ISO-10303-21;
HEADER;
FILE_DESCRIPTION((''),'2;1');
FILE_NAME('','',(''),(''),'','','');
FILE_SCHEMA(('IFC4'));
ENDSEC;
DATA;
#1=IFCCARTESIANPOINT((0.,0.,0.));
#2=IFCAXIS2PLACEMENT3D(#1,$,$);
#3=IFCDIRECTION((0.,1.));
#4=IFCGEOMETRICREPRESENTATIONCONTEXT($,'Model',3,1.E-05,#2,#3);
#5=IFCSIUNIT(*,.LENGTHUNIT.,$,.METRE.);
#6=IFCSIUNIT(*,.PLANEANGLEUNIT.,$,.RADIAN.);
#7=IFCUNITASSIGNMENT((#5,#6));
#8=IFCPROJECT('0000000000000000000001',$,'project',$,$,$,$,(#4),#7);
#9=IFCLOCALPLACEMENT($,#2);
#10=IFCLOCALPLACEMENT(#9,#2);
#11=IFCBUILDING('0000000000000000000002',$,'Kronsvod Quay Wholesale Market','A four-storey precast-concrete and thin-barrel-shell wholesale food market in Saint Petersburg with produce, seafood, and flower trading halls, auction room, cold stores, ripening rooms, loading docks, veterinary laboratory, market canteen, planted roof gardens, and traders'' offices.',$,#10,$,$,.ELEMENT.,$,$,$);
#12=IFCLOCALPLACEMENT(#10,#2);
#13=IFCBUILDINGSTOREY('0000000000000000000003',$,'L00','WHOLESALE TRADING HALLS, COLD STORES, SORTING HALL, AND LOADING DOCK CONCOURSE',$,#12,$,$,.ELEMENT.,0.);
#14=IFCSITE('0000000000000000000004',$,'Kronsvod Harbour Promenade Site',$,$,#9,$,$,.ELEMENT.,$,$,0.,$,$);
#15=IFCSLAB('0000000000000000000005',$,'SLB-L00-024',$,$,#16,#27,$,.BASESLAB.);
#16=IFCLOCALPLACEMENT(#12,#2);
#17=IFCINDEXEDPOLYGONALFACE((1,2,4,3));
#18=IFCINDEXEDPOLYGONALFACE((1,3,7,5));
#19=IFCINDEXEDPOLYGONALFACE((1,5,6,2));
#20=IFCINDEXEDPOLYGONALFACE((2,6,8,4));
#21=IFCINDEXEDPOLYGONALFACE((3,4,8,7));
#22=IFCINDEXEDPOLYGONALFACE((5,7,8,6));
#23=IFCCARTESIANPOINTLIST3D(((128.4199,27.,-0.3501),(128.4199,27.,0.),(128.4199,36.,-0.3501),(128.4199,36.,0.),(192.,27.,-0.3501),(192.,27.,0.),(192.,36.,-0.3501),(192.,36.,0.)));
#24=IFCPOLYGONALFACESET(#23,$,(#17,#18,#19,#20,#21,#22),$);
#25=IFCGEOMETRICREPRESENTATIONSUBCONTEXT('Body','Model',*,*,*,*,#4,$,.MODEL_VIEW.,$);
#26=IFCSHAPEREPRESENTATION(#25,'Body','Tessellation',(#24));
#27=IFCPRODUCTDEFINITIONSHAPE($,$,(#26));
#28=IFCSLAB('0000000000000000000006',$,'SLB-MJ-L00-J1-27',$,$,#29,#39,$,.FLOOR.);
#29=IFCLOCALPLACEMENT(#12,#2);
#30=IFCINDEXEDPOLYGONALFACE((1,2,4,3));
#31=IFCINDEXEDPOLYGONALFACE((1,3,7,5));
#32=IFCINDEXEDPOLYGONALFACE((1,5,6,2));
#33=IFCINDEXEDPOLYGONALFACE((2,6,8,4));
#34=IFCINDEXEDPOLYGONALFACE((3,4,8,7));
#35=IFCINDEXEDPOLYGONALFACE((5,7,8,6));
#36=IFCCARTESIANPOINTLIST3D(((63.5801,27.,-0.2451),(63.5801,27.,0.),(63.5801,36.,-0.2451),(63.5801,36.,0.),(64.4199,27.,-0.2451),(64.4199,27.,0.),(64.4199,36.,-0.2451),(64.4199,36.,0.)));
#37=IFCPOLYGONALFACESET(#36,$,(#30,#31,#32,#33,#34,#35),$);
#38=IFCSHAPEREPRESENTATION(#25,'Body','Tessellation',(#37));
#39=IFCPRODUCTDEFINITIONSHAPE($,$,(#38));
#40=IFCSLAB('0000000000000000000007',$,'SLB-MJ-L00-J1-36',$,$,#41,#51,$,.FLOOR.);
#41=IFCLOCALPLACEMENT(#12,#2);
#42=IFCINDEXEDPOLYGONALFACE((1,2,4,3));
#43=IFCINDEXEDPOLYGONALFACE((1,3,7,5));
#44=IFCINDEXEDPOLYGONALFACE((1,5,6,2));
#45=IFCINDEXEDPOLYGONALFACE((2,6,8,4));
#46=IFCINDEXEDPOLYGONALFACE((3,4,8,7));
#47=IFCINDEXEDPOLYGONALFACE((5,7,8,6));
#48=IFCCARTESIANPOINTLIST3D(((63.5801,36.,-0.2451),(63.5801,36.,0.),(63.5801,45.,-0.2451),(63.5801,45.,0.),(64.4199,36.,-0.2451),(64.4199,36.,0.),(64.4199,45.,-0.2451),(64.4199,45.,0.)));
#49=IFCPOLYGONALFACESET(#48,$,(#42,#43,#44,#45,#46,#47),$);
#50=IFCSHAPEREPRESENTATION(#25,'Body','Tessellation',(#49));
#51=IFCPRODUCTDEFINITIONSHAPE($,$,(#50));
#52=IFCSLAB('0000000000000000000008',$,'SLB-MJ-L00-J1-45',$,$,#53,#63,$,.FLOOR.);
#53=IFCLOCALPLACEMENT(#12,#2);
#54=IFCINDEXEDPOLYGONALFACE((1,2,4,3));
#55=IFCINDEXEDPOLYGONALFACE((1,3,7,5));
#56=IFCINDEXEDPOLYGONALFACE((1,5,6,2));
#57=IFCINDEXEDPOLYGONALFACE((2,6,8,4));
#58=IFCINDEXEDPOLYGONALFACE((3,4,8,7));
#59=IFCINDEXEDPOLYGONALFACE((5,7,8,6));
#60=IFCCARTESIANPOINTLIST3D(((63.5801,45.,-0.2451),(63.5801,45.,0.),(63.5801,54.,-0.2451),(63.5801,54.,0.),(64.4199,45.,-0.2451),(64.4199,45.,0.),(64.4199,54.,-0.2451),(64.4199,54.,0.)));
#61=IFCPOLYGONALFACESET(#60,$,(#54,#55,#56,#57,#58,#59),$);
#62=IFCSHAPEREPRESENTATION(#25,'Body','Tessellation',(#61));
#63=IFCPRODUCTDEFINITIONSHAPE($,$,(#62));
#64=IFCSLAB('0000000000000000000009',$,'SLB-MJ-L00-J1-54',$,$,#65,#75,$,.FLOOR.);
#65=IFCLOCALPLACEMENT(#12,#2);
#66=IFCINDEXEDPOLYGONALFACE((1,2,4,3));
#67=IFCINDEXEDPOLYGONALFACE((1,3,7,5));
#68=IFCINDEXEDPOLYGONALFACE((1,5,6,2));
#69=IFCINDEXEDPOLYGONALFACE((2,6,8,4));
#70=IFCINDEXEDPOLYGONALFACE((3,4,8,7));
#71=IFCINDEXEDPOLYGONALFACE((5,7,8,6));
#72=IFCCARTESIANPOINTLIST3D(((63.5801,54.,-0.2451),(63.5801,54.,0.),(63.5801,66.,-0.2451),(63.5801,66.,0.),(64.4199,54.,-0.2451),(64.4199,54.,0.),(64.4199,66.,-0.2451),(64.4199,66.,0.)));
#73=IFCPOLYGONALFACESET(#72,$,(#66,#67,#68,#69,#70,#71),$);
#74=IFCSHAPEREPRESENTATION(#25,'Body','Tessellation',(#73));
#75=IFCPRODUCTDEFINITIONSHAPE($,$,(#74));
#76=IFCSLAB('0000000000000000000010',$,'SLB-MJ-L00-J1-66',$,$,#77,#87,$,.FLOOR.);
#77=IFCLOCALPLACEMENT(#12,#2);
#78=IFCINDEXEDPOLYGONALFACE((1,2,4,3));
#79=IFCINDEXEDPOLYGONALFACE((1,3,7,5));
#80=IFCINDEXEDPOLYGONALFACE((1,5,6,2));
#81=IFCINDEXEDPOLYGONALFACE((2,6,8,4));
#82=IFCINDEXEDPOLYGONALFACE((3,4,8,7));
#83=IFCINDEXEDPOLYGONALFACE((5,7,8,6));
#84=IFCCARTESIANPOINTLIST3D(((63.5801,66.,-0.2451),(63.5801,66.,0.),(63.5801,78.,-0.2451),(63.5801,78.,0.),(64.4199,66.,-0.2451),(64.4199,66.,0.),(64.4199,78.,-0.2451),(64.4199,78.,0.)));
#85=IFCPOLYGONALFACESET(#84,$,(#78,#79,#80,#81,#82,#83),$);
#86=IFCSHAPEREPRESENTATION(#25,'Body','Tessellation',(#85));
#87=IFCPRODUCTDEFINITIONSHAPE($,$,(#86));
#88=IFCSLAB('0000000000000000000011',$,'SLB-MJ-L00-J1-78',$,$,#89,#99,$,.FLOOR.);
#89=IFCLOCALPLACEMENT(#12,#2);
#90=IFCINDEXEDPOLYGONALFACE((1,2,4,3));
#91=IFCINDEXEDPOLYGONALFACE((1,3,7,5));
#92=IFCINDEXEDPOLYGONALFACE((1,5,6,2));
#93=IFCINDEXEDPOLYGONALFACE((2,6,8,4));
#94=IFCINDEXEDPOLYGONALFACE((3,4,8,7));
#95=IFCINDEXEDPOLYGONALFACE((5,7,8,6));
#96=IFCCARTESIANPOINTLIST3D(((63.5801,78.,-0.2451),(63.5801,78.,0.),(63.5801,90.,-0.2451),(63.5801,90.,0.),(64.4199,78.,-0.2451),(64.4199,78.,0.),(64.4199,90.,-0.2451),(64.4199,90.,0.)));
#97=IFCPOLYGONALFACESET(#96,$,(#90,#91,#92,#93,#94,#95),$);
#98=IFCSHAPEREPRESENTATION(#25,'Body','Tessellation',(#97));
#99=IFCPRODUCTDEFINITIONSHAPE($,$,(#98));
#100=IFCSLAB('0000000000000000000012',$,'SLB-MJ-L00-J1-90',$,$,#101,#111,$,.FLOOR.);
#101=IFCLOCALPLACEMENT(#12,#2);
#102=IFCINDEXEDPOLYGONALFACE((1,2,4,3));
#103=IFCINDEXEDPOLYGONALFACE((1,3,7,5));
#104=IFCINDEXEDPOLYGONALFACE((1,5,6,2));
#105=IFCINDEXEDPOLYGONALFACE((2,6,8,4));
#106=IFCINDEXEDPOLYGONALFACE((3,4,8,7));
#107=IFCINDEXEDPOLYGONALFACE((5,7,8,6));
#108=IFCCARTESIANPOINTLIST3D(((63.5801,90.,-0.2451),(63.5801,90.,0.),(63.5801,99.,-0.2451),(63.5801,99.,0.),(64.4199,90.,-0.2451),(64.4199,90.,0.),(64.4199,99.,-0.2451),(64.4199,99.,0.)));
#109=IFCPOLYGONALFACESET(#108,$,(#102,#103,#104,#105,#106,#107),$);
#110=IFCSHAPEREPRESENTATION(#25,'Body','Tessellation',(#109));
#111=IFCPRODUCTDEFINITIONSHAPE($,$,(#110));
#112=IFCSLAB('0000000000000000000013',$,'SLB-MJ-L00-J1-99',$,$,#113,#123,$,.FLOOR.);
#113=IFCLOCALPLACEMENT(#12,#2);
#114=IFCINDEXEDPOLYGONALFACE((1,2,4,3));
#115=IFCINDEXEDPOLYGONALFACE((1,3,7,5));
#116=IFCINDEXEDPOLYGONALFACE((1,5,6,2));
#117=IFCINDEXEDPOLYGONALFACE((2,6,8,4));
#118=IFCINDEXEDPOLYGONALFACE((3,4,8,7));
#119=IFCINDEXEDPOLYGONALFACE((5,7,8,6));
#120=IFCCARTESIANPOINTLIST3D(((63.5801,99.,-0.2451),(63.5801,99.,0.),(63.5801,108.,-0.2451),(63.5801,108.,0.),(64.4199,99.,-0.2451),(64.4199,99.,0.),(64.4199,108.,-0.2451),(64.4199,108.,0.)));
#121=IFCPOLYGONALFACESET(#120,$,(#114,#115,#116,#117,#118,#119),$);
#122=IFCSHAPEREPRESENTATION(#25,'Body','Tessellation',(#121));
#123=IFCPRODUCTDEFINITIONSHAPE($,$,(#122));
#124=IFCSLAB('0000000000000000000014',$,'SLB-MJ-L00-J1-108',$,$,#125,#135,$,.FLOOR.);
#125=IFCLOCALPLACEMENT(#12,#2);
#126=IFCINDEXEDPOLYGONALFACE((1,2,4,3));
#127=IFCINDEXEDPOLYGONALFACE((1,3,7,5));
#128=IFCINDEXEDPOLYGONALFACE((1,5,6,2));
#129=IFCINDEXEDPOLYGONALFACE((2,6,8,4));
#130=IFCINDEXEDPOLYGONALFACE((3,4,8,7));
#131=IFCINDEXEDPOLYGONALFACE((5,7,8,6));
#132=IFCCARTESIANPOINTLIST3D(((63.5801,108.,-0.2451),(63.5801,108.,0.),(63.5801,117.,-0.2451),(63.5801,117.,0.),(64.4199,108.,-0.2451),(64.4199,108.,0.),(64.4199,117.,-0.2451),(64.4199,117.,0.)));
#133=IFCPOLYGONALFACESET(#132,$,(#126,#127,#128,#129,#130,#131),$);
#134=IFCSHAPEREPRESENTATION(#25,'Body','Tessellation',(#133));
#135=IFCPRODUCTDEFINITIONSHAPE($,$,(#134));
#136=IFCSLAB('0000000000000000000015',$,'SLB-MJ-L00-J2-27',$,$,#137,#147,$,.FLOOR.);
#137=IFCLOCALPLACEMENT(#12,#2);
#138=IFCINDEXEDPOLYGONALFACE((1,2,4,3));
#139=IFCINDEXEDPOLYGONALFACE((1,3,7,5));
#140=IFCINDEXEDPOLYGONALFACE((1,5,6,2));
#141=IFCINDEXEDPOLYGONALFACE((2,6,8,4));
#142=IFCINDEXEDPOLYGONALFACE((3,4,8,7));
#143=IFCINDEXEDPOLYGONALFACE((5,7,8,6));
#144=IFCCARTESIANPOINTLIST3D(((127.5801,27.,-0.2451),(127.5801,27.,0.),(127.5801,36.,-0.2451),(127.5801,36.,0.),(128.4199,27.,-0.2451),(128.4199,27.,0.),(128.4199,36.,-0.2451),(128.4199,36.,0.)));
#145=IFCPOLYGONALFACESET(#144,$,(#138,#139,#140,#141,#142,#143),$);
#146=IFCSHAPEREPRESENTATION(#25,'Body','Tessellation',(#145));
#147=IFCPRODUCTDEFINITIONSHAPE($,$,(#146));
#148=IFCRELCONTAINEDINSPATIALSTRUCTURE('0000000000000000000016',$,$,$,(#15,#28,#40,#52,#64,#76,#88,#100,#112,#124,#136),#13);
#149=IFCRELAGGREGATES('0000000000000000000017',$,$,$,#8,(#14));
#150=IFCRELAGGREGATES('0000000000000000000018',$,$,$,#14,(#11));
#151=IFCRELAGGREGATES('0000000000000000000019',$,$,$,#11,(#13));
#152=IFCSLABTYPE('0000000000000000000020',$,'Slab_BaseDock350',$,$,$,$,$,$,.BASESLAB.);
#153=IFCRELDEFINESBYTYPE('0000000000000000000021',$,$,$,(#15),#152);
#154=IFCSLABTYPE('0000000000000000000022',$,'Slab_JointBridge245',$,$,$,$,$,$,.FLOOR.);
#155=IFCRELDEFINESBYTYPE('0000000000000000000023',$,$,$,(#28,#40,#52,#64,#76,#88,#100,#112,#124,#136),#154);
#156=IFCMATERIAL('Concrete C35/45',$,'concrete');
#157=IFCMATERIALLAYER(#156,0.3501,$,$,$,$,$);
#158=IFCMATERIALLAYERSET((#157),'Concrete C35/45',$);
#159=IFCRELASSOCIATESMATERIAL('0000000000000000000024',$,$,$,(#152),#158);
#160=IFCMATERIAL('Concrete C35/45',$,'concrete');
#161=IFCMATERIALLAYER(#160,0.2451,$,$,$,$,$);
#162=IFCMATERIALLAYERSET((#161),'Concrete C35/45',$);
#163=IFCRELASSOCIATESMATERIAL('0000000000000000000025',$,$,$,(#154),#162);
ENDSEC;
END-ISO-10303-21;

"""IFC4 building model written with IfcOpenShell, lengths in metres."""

from ifc_helpers import new_model, si_unit, direction, frame, origin, place, context, subcontext, project, spatial, polyline, outline, extrude, material, layer, layer_set, type_object, element, save


model = new_model("IFC4")

# Units and contexts
model_context = context("Model", 3, precision=1e-05, world=origin(), true_north=direction((0.0, 1.0)))
body_context = subcontext(model_context, "Body", "Model", "MODEL_VIEW")
ifc_project = project(units=[si_unit("LENGTHUNIT", "METRE"), si_unit("PLANEANGLEUNIT", "RADIAN")], contexts=[model_context])

# Site, building, storey
site_placement = place(None, origin())
site = spatial("IfcSite", under=ifc_project, at=site_placement, Name="Kronsvod Harbour Promenade Site", CompositionType="ELEMENT", RefElevation=0.0)
building_placement = place(site_placement, origin())
building = spatial("IfcBuilding", under=site, at=building_placement, Name="Kronsvod Quay Wholesale Market", Description="A four-storey precast-concrete and thin-barrel-shell wholesale food market in Saint Petersburg with produce, seafood, and flower trading halls, auction room, cold stores, ripening rooms, loading docks, veterinary laboratory, market canteen, planted roof gardens, and traders' offices.", CompositionType="ELEMENT")
storey_placement = place(building_placement, origin())
storey = spatial("IfcBuildingStorey", under=building, at=storey_placement, Name="L00", Description="WHOLESALE TRADING HALLS, COLD STORES, SORTING HALL, AND LOADING DOCK CONCOURSE", CompositionType="ELEMENT", Elevation=0.0)

# Slabs
ifc_material_1 = material(Name="Concrete C35/45", Category="concrete")
ifc_layer_1 = layer(ifc_material_1, 0.3501)
ifc_layer_set_1 = layer_set([ifc_layer_1], Name="Concrete C35/45")
slab_type_1 = type_object("IfcSlabType", Name="Slab_BaseDock350", PredefinedType="BASESLAB", material=ifc_layer_set_1)
slab_1_placement = place(storey_placement, frame((0.0, 0.0, -0.3501)))
element("IfcSlab", 1, at=slab_1_placement, inside=storey, type_object=slab_type_1, Name="SLB-L00-024", PredefinedType="BASESLAB", context=body_context, shape_type="SweptSolid", body=[
    extrude(outline(polyline([(128.4199, 27.0), (192.0, 27.0), (192.0, 36.0), (128.4199, 36.0), (128.4199, 27.0)])), origin(), (0.0, 0.0, 1.0), 0.3501),
])
ifc_material_2 = material(Name="Concrete C35/45", Category="concrete")
ifc_layer_2 = layer(ifc_material_2, 0.2451)
ifc_layer_set_2 = layer_set([ifc_layer_2], Name="Concrete C35/45")
slab_type_2 = type_object("IfcSlabType", Name="Slab_JointBridge245", PredefinedType="FLOOR", material=ifc_layer_set_2)
slab_2_placement = place(storey_placement, frame((0.0, 0.0, -0.2451)))
element("IfcSlab", 2, at=slab_2_placement, inside=storey, type_object=slab_type_2, Name="SLB-MJ-L00-J1-27", PredefinedType="FLOOR", context=body_context, shape_type="SweptSolid", body=[
    extrude(outline(polyline([(63.5801, 27.0), (64.4199, 27.0), (64.4199, 36.0), (63.5801, 36.0), (63.5801, 27.0)])), origin(), (0.0, 0.0, 1.0), 0.2451),
])
slab_3_placement = place(storey_placement, frame((0.0, 0.0, -0.2451)))
element("IfcSlab", 3, at=slab_3_placement, inside=storey, type_object=slab_type_2, Name="SLB-MJ-L00-J1-36", PredefinedType="FLOOR", context=body_context, shape_type="SweptSolid", body=[
    extrude(outline(polyline([(63.5801, 36.0), (64.4199, 36.0), (64.4199, 45.0), (63.5801, 45.0), (63.5801, 36.0)])), origin(), (0.0, 0.0, 1.0), 0.2451),
])
slab_4_placement = place(storey_placement, frame((0.0, 0.0, -0.2451)))
element("IfcSlab", 4, at=slab_4_placement, inside=storey, type_object=slab_type_2, Name="SLB-MJ-L00-J1-45", PredefinedType="FLOOR", context=body_context, shape_type="SweptSolid", body=[
    extrude(outline(polyline([(63.5801, 45.0), (64.4199, 45.0), (64.4199, 54.0), (63.5801, 54.0), (63.5801, 45.0)])), origin(), (0.0, 0.0, 1.0), 0.2451),
])
slab_5_placement = place(storey_placement, frame((0.0, 0.0, -0.2451)))
element("IfcSlab", 5, at=slab_5_placement, inside=storey, type_object=slab_type_2, Name="SLB-MJ-L00-J1-54", PredefinedType="FLOOR", context=body_context, shape_type="SweptSolid", body=[
    extrude(outline(polyline([(63.5801, 54.0), (64.4199, 54.0), (64.4199, 66.0), (63.5801, 66.0), (63.5801, 54.0)])), origin(), (0.0, 0.0, 1.0), 0.2451),
])
slab_6_placement = place(storey_placement, frame((0.0, 0.0, -0.2451)))
element("IfcSlab", 6, at=slab_6_placement, inside=storey, type_object=slab_type_2, Name="SLB-MJ-L00-J1-66", PredefinedType="FLOOR", context=body_context, shape_type="SweptSolid", body=[
    extrude(outline(polyline([(63.5801, 66.0), (64.4199, 66.0), (64.4199, 78.0), (63.5801, 78.0), (63.5801, 66.0)])), origin(), (0.0, 0.0, 1.0), 0.2451),
])
slab_7_placement = place(storey_placement, frame((0.0, 0.0, -0.2451)))
element("IfcSlab", 7, at=slab_7_placement, inside=storey, type_object=slab_type_2, Name="SLB-MJ-L00-J1-78", PredefinedType="FLOOR", context=body_context, shape_type="SweptSolid", body=[
    extrude(outline(polyline([(63.5801, 78.0), (64.4199, 78.0), (64.4199, 90.0), (63.5801, 90.0), (63.5801, 78.0)])), origin(), (0.0, 0.0, 1.0), 0.2451),
])
slab_8_placement = place(storey_placement, frame((0.0, 0.0, -0.2451)))
element("IfcSlab", 8, at=slab_8_placement, inside=storey, type_object=slab_type_2, Name="SLB-MJ-L00-J1-90", PredefinedType="FLOOR", context=body_context, shape_type="SweptSolid", body=[
    extrude(outline(polyline([(63.5801, 90.0), (64.4199, 90.0), (64.4199, 99.0), (63.5801, 99.0), (63.5801, 90.0)])), origin(), (0.0, 0.0, 1.0), 0.2451),
])
slab_9_placement = place(storey_placement, frame((0.0, 0.0, -0.2451)))
element("IfcSlab", 9, at=slab_9_placement, inside=storey, type_object=slab_type_2, Name="SLB-MJ-L00-J1-99", PredefinedType="FLOOR", context=body_context, shape_type="SweptSolid", body=[
    extrude(outline(polyline([(63.5801, 99.0), (64.4199, 99.0), (64.4199, 108.0), (63.5801, 108.0), (63.5801, 99.0)])), origin(), (0.0, 0.0, 1.0), 0.2451),
])
slab_10_placement = place(storey_placement, frame((0.0, 0.0, -0.2451)))
element("IfcSlab", 10, at=slab_10_placement, inside=storey, type_object=slab_type_2, Name="SLB-MJ-L00-J1-108", PredefinedType="FLOOR", context=body_context, shape_type="SweptSolid", body=[
    extrude(outline(polyline([(63.5801, 108.0), (64.4199, 108.0), (64.4199, 117.0), (63.5801, 117.0), (63.5801, 108.0)])), origin(), (0.0, 0.0, 1.0), 0.2451),
])
slab_11_placement = place(storey_placement, frame((0.0, 0.0, -0.2451)))
element("IfcSlab", 11, at=slab_11_placement, inside=storey, type_object=slab_type_2, Name="SLB-MJ-L00-J2-27", PredefinedType="FLOOR", context=body_context, shape_type="SweptSolid", body=[
    extrude(outline(polyline([(127.5801, 27.0), (128.4199, 27.0), (128.4199, 36.0), (127.5801, 36.0), (127.5801, 27.0)])), origin(), (0.0, 0.0, 1.0), 0.2451),
])

save(model, "model.ifc")
